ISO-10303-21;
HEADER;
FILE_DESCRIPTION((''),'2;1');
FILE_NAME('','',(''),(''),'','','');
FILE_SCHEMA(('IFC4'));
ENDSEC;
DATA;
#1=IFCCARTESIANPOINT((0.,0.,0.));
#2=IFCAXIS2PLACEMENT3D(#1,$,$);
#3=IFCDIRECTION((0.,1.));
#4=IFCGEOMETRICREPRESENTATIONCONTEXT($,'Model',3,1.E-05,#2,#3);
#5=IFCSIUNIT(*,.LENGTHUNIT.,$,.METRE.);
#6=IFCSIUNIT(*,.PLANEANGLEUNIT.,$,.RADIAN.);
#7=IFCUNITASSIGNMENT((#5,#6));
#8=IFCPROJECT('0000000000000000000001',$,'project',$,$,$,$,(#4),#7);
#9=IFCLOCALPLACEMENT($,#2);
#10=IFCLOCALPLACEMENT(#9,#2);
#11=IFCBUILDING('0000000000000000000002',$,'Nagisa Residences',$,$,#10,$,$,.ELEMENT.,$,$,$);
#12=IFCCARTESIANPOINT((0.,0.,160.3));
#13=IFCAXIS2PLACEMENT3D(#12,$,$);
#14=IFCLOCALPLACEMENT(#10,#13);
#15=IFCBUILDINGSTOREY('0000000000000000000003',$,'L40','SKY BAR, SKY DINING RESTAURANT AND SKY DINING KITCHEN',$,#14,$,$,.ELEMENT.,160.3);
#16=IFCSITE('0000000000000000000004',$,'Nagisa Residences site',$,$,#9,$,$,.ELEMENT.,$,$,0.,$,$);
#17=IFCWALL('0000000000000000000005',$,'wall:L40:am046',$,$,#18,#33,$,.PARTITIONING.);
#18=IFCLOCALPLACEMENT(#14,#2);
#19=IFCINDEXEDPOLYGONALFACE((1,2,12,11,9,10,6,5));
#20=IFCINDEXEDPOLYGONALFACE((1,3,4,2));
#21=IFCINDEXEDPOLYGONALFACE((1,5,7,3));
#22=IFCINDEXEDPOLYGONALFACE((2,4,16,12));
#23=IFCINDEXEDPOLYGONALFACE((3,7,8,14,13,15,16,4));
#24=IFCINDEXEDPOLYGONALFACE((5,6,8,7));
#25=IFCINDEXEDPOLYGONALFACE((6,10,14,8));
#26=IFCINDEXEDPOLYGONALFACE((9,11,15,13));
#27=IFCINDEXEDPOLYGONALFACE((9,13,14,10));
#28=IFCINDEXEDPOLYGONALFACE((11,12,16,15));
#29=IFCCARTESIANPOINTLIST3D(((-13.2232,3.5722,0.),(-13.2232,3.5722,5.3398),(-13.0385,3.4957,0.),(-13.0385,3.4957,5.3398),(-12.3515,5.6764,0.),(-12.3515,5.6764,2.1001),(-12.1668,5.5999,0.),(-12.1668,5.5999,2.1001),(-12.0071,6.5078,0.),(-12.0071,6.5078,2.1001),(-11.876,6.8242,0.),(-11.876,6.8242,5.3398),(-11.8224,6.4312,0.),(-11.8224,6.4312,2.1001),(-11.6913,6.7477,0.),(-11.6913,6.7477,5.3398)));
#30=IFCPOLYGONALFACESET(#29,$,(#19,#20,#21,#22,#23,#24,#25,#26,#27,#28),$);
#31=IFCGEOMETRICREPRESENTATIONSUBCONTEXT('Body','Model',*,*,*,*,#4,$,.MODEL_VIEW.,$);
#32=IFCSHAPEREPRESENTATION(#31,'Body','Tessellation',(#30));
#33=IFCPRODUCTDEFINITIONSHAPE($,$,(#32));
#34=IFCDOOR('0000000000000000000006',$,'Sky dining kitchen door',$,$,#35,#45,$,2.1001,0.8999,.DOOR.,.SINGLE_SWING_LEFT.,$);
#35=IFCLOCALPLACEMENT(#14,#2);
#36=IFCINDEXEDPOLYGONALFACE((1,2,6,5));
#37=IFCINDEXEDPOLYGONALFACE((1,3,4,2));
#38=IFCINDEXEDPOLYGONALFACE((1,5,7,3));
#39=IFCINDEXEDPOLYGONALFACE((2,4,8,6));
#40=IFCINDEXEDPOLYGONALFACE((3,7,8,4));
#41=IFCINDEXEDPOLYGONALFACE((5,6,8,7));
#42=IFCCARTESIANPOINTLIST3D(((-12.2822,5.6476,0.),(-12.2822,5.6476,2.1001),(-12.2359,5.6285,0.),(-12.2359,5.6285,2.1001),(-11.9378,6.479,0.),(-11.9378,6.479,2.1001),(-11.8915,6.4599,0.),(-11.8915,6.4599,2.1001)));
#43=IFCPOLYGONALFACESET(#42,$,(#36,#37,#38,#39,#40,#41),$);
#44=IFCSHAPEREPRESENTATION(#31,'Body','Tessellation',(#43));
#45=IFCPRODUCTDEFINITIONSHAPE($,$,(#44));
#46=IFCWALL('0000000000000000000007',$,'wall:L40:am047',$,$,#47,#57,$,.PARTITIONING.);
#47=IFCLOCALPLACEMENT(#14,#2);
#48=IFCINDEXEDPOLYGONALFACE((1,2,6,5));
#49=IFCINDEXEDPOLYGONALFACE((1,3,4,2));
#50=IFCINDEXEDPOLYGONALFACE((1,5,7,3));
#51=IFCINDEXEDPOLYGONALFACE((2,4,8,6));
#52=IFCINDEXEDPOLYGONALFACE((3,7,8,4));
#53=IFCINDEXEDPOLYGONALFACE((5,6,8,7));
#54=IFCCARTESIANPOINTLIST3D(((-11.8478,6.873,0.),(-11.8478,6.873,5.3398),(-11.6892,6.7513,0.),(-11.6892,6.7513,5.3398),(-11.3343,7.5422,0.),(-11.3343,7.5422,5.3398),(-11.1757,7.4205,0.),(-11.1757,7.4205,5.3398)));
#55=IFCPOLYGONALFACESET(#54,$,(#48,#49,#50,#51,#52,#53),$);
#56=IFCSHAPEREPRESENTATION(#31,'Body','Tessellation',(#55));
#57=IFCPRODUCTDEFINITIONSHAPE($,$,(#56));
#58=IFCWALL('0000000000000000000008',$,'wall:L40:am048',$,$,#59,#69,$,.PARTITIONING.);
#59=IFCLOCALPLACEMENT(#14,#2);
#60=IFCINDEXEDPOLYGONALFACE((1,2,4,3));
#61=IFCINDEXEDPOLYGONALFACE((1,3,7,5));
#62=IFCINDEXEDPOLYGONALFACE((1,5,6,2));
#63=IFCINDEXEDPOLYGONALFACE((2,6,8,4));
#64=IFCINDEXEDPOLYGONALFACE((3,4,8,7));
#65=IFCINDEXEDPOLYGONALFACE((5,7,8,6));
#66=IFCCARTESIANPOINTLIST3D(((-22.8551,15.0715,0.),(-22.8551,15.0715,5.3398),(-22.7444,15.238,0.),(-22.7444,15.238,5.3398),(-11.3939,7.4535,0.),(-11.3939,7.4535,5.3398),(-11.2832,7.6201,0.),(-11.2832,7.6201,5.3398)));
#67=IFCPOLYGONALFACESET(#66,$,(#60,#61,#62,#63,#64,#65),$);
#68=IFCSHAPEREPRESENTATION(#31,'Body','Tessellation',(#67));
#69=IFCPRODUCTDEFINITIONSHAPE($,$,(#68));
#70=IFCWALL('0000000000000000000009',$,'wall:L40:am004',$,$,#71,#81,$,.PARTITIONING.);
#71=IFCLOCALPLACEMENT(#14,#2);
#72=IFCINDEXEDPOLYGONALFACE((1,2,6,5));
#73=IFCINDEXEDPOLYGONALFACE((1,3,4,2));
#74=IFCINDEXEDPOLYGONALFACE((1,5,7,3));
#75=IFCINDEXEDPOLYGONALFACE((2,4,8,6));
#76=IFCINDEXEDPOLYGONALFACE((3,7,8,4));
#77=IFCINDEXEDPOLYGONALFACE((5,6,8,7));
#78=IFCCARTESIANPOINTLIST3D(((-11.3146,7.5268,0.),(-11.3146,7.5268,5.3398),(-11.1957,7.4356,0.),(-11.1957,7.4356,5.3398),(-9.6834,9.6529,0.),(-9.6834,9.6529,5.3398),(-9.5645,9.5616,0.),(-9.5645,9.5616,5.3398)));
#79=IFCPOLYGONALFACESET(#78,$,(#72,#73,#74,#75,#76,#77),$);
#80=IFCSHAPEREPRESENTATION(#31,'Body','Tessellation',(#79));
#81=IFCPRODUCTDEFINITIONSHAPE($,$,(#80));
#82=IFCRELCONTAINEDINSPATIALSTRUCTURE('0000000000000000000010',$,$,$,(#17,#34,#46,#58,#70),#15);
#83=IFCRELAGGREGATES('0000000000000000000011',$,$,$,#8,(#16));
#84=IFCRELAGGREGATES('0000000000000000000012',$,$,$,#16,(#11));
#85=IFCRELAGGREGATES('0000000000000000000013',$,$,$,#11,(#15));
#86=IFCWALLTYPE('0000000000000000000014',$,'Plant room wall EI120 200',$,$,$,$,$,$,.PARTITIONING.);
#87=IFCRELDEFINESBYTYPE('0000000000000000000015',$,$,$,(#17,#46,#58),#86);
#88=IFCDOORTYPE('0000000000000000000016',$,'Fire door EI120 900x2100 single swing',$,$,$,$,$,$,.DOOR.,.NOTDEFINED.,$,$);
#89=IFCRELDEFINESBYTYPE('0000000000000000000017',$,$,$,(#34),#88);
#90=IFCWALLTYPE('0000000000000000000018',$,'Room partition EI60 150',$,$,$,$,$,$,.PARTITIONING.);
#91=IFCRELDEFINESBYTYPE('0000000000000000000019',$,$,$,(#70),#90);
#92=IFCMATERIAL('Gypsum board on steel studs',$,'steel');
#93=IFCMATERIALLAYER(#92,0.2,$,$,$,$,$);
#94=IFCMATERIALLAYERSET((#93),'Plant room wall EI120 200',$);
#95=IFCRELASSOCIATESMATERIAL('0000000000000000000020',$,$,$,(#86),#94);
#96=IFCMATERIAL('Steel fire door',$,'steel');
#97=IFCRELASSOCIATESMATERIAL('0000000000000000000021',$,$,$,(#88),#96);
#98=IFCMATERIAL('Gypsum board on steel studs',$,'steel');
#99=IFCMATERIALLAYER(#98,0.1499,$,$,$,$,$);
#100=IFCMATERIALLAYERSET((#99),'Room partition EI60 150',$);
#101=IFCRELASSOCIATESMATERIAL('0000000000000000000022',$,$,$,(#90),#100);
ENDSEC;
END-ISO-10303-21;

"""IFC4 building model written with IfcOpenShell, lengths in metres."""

from ifc_helpers import new_model, si_unit, direction, frame, frame_2d, origin, place, context, subcontext, project, spatial, rectangle, extrude, material, layer, layer_set, type_object, element, fill, save


model = new_model("IFC4")

# Units and contexts
model_context = context("Model", 3, precision=1e-05, world=origin(), true_north=direction((0.0, 1.0)))
body_context = subcontext(model_context, "Body", "Model", "MODEL_VIEW")
ifc_project = project(units=[si_unit("LENGTHUNIT", "METRE"), si_unit("PLANEANGLEUNIT", "RADIAN")], contexts=[model_context])

# Site, building, storey
site_placement = place(None, origin())
site = spatial("IfcSite", under=ifc_project, at=site_placement, Name="Nagisa Residences site", CompositionType="ELEMENT", RefElevation=0.0)
building_placement = place(site_placement, origin())
building = spatial("IfcBuilding", under=site, at=building_placement, Name="Nagisa Residences", CompositionType="ELEMENT")
storey_placement = place(building_placement, frame((0.0, 0.0, 160.3)))
storey = spatial("IfcBuildingStorey", under=building, at=storey_placement, Name="L40", Description="SKY BAR, SKY DINING RESTAURANT AND SKY DINING KITCHEN", CompositionType="ELEMENT", Elevation=160.3)

# Shared definitions
ifc_material_1 = material(Name="Gypsum board on steel studs", Category="steel")
ifc_layer_1 = layer(ifc_material_1, 0.2)
ifc_layer_set_1 = layer_set([ifc_layer_1], Name="Plant room wall EI120 200")
wall_type_1 = type_object("IfcWallType", Name="Plant room wall EI120 200", PredefinedType="PARTITIONING", material=ifc_layer_set_1)

# Wall, opening, door
wall_1_placement = place(storey_placement, frame((-13.1309, 3.5339, 0.0), z_axis=(0.0, 0.0, 1.0), x_axis=(0.382723, 0.923863, 0.0)))
wall_1 = element("IfcWall", 1, at=wall_1_placement, inside=storey, type_object=wall_type_1, Name="wall:L40:am046", PredefinedType="PARTITIONING", context=body_context, shape_type="SweptSolid", body=[
    extrude(rectangle(XDim=3.52, YDim=0.2, at=frame_2d((1.76, 0.0))), origin(), (0.0, 0.0, 1.0), 5.3398),
])
opening_1_placement = place(wall_1_placement, frame((2.2776, 0.0, 0.0)))
opening_1 = element("IfcOpeningElement", 2, at=opening_1_placement, cuts=wall_1, PredefinedType="OPENING", context=body_context, shape_type="SweptSolid", body=[
    extrude(rectangle(XDim=0.8999, YDim=2.1001, at=frame_2d((0.45, 1.05))), frame((0.0, 0.1099, 0.0), z_axis=(0.0, -1.0, 0.0), x_axis=(1.0, 0.0, 0.0)), (0.0, 0.0, 1.0), 0.22),
])
ifc_material_2 = material(Name="Steel fire door", Category="steel")
door_type_1 = type_object("IfcDoorType", Name="Fire door EI120 900x2100 single swing", OperationType="NOTDEFINED", PredefinedType="DOOR", material=ifc_material_2)
door_1_placement = place(opening_1_placement, origin())
door_1 = element("IfcDoor", 3, at=door_1_placement, inside=storey, type_object=door_type_1, Name="Sky dining kitchen door", OperationType="SINGLE_SWING_LEFT", OverallHeight=2.1001, OverallWidth=0.8999, PredefinedType="DOOR", context=body_context, shape_type="SweptSolid", body=[
    extrude(rectangle(XDim=0.8999, YDim=2.1001, at=frame_2d((0.45, 1.05))), frame((0.0, 0.0249, 0.0), z_axis=(0.0, -1.0, 0.0), x_axis=(1.0, 0.0, 0.0)), (0.0, 0.0, 1.0), 0.05),
])
fill(opening_1, door_1)

# Walls
wall_2_placement = place(storey_placement, frame((-11.7686, 6.812, 0.0), z_axis=(0.0, 0.0, 1.0), x_axis=(0.608717, 0.793387, 0.0)))
element("IfcWall", 4, at=wall_2_placement, inside=storey, type_object=wall_type_1, Name="wall:L40:am047", PredefinedType="PARTITIONING", context=body_context, shape_type="SweptSolid", body=[
    extrude(rectangle(XDim=0.8435, YDim=0.2, at=frame_2d((0.4219, 0.0))), origin(), (0.0, 0.0, 1.0), 5.3398),
])
wall_3_placement = place(storey_placement, frame((-11.3386, 7.5369, 0.0), z_axis=(0.0, 0.0, 1.0), x_axis=(-0.832816, 0.553549, 0.0)))
element("IfcWall", 5, at=wall_3_placement, inside=storey, type_object=wall_type_1, Name="wall:L40:am048", PredefinedType="PARTITIONING", context=body_context, shape_type="SweptSolid", body=[
    extrude(rectangle(XDim=13.762, YDim=0.2, at=frame_2d((6.8809, 0.0))), origin(), (0.0, 0.0, 1.0), 5.3398),
])
ifc_material_3 = material(Name="Gypsum board on steel studs", Category="steel")
ifc_layer_2 = layer(ifc_material_3, 0.1499)
ifc_layer_set_2 = layer_set([ifc_layer_2], Name="Room partition EI60 150")
wall_type_2 = type_object("IfcWallType", Name="Room partition EI60 150", PredefinedType="PARTITIONING", material=ifc_layer_set_2)
wall_4_placement = place(storey_placement, frame((-11.2551, 7.4812, 0.0), z_axis=(0.0, 0.0, 1.0), x_axis=(0.608711, 0.793392, 0.0)))
element("IfcWall", 6, at=wall_4_placement, inside=storey, type_object=wall_type_2, Name="wall:L40:am004", PredefinedType="PARTITIONING", context=body_context, shape_type="SweptSolid", body=[
    extrude(rectangle(XDim=2.6797, YDim=0.1499, at=frame_2d((1.3398, 0.0))), origin(), (0.0, 0.0, 1.0), 5.3398),
])

save(model, "model.ifc")
